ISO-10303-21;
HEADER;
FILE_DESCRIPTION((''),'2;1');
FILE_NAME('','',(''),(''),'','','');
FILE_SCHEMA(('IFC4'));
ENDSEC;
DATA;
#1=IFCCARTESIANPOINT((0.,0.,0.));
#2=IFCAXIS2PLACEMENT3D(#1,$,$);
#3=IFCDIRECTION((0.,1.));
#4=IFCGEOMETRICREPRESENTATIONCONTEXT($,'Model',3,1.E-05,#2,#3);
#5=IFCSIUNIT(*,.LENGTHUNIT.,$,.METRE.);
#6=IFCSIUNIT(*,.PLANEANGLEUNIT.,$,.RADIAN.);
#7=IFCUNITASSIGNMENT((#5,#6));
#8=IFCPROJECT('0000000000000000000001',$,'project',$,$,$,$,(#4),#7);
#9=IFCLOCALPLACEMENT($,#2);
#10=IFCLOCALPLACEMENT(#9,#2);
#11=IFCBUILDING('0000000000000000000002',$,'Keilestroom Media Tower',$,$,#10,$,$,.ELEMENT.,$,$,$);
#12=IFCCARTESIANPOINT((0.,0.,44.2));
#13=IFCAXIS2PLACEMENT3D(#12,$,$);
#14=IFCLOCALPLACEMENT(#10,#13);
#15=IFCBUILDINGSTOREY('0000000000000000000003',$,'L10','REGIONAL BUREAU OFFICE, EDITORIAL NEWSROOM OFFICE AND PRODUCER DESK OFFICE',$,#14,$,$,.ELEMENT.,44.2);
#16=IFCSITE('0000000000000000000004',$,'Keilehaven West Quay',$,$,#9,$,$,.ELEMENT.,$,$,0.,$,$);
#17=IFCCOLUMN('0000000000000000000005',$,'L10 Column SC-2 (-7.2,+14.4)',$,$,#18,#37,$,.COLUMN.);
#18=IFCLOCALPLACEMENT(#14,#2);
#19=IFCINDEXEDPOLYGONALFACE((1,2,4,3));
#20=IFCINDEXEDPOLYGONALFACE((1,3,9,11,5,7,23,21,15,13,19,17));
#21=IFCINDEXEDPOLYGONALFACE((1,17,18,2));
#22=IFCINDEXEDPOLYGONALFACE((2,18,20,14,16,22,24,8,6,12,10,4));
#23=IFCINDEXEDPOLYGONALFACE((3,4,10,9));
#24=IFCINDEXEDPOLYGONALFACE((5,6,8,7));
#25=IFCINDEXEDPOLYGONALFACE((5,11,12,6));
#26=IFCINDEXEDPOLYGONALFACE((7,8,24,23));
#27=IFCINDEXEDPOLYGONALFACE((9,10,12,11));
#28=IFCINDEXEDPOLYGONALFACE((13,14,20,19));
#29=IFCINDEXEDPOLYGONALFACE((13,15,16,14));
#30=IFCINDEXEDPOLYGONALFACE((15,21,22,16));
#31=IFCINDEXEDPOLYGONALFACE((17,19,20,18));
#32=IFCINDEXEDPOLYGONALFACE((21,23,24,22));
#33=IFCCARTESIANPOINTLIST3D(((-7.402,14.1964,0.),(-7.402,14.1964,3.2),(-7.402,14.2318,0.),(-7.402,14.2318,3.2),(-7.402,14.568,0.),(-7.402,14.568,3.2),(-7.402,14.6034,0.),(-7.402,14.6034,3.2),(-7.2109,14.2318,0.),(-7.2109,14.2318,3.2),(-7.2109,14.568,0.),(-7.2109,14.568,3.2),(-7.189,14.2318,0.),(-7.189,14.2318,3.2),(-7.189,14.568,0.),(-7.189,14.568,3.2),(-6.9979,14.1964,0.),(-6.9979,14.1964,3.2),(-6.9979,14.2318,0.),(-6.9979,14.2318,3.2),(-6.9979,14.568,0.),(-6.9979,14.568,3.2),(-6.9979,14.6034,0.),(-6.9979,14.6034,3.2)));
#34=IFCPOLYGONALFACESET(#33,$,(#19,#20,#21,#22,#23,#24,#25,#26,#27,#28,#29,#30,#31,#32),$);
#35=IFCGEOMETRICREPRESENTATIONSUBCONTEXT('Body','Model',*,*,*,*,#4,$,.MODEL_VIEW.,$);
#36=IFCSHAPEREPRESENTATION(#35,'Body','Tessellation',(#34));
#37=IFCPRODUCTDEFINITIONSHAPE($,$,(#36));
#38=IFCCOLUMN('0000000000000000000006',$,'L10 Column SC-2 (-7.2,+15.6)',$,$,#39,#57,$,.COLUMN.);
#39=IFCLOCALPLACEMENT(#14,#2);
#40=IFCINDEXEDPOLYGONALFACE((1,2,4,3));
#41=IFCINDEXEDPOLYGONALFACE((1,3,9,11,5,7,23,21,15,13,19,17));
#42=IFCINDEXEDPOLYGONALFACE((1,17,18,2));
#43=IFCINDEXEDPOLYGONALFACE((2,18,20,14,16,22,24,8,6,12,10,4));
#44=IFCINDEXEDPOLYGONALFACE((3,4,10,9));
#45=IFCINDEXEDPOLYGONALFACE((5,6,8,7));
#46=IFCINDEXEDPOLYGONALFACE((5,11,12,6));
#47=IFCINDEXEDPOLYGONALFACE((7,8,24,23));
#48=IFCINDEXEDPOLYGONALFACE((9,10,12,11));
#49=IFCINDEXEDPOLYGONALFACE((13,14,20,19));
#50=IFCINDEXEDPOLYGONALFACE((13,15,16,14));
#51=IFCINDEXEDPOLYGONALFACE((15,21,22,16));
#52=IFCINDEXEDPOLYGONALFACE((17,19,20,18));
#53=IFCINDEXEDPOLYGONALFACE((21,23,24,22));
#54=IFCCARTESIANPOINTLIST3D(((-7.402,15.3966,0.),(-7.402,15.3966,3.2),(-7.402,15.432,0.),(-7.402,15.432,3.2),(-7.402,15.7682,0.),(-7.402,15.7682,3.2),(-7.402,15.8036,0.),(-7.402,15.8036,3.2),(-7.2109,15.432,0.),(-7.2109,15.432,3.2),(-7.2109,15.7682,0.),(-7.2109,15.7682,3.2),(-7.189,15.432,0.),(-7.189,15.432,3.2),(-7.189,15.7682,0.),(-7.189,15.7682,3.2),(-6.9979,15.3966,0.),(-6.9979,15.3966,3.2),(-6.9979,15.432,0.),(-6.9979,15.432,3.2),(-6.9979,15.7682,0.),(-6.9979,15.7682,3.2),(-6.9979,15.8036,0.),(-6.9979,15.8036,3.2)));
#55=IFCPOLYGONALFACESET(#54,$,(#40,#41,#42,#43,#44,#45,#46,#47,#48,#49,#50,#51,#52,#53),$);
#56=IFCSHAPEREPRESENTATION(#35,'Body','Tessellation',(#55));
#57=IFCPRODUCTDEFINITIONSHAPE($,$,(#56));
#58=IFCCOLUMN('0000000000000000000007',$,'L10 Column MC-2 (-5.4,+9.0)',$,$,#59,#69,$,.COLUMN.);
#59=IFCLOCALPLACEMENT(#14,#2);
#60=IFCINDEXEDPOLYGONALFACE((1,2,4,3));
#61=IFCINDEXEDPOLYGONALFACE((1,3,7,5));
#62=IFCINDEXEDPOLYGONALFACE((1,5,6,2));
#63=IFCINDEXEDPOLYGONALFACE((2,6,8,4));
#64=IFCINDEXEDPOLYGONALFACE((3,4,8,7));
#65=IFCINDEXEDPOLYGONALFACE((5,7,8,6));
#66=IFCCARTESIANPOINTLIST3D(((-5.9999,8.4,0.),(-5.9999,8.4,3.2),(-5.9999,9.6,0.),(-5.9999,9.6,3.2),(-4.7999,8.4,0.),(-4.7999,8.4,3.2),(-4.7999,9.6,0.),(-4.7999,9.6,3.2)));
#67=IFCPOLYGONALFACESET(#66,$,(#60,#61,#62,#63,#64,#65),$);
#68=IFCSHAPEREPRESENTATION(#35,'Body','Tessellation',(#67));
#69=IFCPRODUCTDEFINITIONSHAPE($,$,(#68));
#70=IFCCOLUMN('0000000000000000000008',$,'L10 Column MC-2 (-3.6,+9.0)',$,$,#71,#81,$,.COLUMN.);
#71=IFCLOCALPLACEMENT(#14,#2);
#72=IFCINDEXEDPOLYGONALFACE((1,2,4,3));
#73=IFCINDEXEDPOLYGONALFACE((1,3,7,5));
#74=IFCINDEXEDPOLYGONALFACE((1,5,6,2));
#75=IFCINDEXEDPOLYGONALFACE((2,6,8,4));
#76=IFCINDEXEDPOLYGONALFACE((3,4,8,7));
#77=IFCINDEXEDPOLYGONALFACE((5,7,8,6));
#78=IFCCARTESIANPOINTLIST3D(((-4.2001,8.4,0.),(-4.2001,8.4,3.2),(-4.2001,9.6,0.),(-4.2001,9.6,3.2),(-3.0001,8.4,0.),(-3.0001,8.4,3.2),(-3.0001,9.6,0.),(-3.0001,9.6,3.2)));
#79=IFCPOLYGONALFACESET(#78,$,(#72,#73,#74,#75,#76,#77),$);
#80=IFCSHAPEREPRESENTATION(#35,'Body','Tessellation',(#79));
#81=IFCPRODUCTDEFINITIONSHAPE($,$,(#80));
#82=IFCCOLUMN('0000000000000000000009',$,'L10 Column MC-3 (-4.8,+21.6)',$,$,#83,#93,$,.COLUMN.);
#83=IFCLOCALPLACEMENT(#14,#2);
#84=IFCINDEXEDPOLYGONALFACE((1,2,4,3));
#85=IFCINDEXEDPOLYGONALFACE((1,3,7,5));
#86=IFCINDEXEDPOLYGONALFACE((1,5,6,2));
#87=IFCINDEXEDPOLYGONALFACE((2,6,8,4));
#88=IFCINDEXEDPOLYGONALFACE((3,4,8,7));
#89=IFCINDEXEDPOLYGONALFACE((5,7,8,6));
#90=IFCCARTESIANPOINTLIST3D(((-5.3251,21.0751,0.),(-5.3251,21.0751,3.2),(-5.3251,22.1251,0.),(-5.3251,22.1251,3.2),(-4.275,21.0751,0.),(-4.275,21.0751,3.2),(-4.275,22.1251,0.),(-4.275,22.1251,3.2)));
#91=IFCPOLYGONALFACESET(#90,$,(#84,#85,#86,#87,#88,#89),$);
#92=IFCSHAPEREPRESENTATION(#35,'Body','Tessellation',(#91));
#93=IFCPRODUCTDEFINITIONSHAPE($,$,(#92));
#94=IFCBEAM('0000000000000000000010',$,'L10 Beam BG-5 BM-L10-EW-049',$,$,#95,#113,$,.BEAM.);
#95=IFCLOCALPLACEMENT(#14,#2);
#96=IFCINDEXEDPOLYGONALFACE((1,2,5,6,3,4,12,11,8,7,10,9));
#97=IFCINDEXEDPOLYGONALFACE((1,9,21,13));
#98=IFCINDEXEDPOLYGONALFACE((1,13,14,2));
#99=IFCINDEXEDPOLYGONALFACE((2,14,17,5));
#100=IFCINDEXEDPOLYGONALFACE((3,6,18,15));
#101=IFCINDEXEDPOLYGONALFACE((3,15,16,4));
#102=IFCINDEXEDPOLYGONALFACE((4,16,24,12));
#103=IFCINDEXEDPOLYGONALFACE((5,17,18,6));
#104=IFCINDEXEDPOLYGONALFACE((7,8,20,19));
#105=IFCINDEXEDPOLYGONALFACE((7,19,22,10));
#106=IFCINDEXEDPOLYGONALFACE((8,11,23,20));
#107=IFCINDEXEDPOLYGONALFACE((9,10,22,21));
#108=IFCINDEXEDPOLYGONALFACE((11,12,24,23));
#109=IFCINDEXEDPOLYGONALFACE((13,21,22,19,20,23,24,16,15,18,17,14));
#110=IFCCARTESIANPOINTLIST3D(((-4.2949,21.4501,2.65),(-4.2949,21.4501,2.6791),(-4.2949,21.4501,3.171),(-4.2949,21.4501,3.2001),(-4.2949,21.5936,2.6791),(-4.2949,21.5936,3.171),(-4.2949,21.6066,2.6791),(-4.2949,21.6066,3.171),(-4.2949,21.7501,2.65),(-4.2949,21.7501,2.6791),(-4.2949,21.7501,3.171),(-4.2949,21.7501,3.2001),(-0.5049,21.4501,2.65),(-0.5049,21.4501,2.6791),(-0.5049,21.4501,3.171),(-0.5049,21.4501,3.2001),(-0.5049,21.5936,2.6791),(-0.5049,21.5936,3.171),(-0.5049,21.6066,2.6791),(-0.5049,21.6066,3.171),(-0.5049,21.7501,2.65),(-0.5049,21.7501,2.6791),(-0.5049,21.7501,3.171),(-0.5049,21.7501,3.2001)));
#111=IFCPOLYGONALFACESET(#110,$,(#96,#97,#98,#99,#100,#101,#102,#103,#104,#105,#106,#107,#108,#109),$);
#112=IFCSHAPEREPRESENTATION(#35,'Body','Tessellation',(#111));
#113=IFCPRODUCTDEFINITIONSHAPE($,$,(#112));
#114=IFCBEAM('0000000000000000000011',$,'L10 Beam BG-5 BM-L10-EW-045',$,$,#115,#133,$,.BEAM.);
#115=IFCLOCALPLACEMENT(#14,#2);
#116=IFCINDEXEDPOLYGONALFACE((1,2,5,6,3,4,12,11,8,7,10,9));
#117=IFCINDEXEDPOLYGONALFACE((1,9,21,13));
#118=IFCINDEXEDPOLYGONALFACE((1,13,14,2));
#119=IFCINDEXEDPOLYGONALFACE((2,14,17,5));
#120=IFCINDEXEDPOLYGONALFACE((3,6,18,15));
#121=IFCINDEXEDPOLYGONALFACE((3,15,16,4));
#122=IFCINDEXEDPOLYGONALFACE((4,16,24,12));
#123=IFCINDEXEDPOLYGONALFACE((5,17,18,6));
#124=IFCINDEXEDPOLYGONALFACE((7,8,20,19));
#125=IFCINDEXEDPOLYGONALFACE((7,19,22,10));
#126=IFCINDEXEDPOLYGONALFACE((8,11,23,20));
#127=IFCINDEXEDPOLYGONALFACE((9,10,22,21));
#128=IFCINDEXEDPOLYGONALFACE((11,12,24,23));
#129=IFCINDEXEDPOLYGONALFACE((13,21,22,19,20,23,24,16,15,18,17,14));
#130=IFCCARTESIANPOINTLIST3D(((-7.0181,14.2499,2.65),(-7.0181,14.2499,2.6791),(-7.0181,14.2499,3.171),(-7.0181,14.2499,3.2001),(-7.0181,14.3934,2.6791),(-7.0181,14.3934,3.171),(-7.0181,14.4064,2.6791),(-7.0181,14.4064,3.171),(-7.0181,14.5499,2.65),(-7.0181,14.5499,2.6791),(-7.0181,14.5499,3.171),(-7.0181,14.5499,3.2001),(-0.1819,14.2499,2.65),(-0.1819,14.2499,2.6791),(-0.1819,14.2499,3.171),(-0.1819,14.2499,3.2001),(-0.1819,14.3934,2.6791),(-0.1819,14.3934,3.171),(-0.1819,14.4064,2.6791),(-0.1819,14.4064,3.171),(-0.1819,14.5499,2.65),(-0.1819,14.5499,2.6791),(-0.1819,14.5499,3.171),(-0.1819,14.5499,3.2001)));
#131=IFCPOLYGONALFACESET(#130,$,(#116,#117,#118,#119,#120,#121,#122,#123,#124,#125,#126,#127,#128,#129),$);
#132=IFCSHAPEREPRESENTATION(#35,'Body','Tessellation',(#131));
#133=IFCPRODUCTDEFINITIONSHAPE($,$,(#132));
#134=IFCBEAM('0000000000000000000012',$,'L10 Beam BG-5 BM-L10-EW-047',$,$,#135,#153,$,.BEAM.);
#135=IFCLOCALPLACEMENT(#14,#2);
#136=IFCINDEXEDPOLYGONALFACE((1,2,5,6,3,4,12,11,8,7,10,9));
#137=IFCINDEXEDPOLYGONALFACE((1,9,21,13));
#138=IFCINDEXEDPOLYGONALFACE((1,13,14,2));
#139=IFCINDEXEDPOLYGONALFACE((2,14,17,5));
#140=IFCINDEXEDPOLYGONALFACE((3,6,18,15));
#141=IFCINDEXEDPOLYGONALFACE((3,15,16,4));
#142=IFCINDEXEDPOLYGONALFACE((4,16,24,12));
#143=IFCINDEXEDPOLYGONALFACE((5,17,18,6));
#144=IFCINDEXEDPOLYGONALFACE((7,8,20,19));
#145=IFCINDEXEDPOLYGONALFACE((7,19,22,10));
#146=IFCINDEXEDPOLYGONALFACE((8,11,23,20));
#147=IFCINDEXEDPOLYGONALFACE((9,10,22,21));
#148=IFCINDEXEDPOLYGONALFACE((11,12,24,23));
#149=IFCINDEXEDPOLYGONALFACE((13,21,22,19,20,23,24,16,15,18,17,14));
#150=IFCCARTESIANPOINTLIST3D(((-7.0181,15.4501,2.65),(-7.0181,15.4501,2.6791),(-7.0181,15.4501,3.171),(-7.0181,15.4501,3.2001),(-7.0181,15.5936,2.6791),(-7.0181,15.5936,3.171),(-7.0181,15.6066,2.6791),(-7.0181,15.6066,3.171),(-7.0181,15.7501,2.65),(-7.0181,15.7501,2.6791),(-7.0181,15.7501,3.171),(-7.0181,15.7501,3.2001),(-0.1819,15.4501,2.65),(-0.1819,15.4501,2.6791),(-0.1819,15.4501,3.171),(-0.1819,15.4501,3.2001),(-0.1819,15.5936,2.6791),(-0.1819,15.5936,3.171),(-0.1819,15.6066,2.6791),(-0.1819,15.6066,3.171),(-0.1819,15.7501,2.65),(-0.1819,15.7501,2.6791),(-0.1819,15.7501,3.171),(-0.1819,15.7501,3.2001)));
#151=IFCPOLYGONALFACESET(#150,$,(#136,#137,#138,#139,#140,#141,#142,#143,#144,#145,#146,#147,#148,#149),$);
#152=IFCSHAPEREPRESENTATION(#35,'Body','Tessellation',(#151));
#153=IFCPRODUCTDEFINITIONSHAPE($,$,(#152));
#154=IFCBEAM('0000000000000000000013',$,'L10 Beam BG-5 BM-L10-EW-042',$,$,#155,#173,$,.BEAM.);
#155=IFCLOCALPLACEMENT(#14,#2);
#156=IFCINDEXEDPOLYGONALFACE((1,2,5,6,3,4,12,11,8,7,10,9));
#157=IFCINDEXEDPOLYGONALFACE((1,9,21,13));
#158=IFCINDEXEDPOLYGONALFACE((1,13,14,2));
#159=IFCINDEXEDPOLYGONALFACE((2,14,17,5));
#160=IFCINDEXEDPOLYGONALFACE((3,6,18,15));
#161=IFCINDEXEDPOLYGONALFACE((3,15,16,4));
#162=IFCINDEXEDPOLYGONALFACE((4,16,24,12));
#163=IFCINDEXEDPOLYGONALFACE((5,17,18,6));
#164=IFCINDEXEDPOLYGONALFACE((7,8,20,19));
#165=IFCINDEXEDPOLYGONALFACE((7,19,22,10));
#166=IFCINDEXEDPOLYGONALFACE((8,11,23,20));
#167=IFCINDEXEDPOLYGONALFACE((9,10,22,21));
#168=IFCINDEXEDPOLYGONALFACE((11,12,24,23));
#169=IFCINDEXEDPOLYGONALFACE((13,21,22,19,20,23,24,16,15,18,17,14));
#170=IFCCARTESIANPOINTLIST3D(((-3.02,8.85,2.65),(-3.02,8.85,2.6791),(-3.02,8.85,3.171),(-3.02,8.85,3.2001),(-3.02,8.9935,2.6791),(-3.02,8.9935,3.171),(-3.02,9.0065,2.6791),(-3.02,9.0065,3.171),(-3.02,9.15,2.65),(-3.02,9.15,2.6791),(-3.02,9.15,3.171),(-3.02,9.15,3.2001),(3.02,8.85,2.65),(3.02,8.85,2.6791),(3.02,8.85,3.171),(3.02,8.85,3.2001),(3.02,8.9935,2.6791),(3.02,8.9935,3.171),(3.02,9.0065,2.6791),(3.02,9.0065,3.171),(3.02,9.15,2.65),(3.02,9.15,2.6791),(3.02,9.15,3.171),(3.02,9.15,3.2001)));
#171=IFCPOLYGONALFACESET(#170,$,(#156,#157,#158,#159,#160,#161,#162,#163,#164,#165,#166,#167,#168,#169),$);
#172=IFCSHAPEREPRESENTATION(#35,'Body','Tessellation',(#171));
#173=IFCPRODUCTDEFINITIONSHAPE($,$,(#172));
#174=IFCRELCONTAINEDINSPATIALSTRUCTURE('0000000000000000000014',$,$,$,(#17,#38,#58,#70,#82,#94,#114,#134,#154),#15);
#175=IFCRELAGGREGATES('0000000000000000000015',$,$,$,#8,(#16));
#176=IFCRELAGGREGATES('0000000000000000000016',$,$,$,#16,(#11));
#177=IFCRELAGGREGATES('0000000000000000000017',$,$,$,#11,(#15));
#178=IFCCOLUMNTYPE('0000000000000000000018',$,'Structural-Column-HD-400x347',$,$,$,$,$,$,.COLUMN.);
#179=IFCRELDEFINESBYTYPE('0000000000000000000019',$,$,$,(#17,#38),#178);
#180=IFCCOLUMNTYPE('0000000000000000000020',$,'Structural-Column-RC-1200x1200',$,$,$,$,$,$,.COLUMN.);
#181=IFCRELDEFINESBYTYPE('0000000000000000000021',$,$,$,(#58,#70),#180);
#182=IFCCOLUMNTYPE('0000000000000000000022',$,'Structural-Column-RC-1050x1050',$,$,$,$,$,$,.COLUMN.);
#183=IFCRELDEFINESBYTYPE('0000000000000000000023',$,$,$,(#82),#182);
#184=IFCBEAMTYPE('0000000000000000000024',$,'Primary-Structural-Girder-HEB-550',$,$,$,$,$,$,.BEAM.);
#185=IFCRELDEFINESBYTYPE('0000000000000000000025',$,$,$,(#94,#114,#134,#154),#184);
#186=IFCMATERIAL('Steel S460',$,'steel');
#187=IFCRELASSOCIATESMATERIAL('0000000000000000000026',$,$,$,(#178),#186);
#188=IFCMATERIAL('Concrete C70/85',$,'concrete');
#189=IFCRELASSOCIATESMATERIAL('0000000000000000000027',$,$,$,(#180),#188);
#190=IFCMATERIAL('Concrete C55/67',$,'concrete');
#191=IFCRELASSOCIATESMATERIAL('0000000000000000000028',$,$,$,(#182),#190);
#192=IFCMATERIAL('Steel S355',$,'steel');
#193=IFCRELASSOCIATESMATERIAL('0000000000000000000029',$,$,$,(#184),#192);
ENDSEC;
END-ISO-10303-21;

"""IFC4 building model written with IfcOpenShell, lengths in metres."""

from ifc_helpers import new_model, si_unit, direction, frame, origin, origin_2d, place, context, subcontext, project, spatial, rectangle, i_section, extrude, source, transform, mapped, material, material_profile, profile_set, type_object, element, save


model = new_model("IFC4")

# Units and contexts
model_context = context("Model", 3, precision=1e-05, world=origin(), true_north=direction((0.0, 1.0)))
body_context = subcontext(model_context, "Body", "Model", "MODEL_VIEW")
ifc_project = project(units=[si_unit("LENGTHUNIT", "METRE"), si_unit("PLANEANGLEUNIT", "RADIAN")], contexts=[model_context])

# Site, building, storey
site_placement = place(None, origin())
site = spatial("IfcSite", under=ifc_project, at=site_placement, Name="Keilehaven West Quay", CompositionType="ELEMENT", RefElevation=0.0)
building_placement = place(site_placement, origin())
building = spatial("IfcBuilding", under=site, at=building_placement, Name="Keilestroom Media Tower", CompositionType="ELEMENT")
storey_placement = place(building_placement, frame((0.0, 0.0, 44.2)))
storey = spatial("IfcBuildingStorey", under=building, at=storey_placement, Name="L10", Description="REGIONAL BUREAU OFFICE, EDITORIAL NEWSROOM OFFICE AND PRODUCER DESK OFFICE", CompositionType="ELEMENT", Elevation=44.2)

# Columns
ifc_material_1 = material(Name="Steel S460", Category="steel")
ifc_material_profile_1 = material_profile(ifc_material_1, i_section(OverallWidth=0.4041, OverallDepth=0.407, WebThickness=0.022, FlangeThickness=0.0354, at=origin_2d()), Name="HD 400x347")
ifc_profile_set_1 = profile_set([ifc_material_profile_1], Name="Steel S460")
column_type_1 = type_object("IfcColumnType", Name="Structural-Column-HD-400x347", PredefinedType="COLUMN", material=ifc_profile_set_1)
shared_shape_1 = source(origin(), body_context, "Body", "SweptSolid", [
    extrude(i_section(OverallWidth=0.4041, OverallDepth=0.407, WebThickness=0.022, FlangeThickness=0.0354, at=origin_2d()), origin(), (0.0, 0.0, 1.0), 3.2),
])
for number, where, z_axis, x_axis, name in (
    (1, (-7.2, 14.3999, 0.0), (0.0, 0.0, 1.0), (1.0, 0.0, 0.0), "L10 Column SC-2 (-7.2,+14.4)"),
    (2, (-7.2, 15.6001, 0.0), (0.0, 0.0, 1.0), (1.0, 0.0, 0.0), "L10 Column SC-2 (-7.2,+15.6)"),
):
    element("IfcColumn", number, at=place(storey_placement, frame(where, z_axis=z_axis, x_axis=x_axis)), inside=storey, type_object=column_type_1, Name=name, PredefinedType="COLUMN", context=body_context, shape_type="MappedRepresentation", body=[
        mapped(shared_shape_1, transform((0.0, 0.0, 0.0), x_axis=(1.0, 0.0, 0.0), y_axis=(0.0, 1.0, 0.0), z_axis=(0.0, 0.0, 1.0), scale=1.0)),
    ])
ifc_material_2 = material(Name="Concrete C70/85", Category="concrete")
ifc_material_profile_2 = material_profile(ifc_material_2, rectangle(XDim=1.2, YDim=1.2, at=origin_2d()), Name="RC 1200x1200")
ifc_profile_set_2 = profile_set([ifc_material_profile_2], Name="Concrete C70/85")
column_type_2 = type_object("IfcColumnType", Name="Structural-Column-RC-1200x1200", PredefinedType="COLUMN", material=ifc_profile_set_2)
shared_shape_2 = source(origin(), body_context, "Body", "SweptSolid", [
    extrude(rectangle(XDim=1.2, YDim=1.2, at=origin_2d()), origin(), (0.0, 0.0, 1.0), 3.2),
])
for number, where, z_axis, x_axis, name in (
    (3, (-5.3999, 9.0, 0.0), (0.0, 0.0, 1.0), (1.0, 0.0, 0.0), "L10 Column MC-2 (-5.4,+9.0)"),
    (4, (-3.6001, 9.0, 0.0), (0.0, 0.0, 1.0), (1.0, 0.0, 0.0), "L10 Column MC-2 (-3.6,+9.0)"),
):
    element("IfcColumn", number, at=place(storey_placement, frame(where, z_axis=z_axis, x_axis=x_axis)), inside=storey, type_object=column_type_2, Name=name, PredefinedType="COLUMN", context=body_context, shape_type="MappedRepresentation", body=[
        mapped(shared_shape_2, transform((0.0, 0.0, 0.0), x_axis=(1.0, 0.0, 0.0), y_axis=(0.0, 1.0, 0.0), z_axis=(0.0, 0.0, 1.0), scale=1.0)),
    ])
ifc_material_3 = material(Name="Concrete C55/67", Category="concrete")
ifc_material_profile_3 = material_profile(ifc_material_3, rectangle(XDim=1.05, YDim=1.05, at=origin_2d()), Name="RC 1050x1050")
ifc_profile_set_3 = profile_set([ifc_material_profile_3], Name="Concrete C55/67")
column_type_3 = type_object("IfcColumnType", Name="Structural-Column-RC-1050x1050", PredefinedType="COLUMN", material=ifc_profile_set_3)
shared_shape_3 = source(origin(), body_context, "Body", "SweptSolid", [
    extrude(rectangle(XDim=1.05, YDim=1.05, at=origin_2d()), origin(), (0.0, 0.0, 1.0), 3.2),
])
column_placement = place(storey_placement, frame((-4.8, 21.6001, 0.0), z_axis=(0.0, 0.0, 1.0), x_axis=(1.0, 0.0, 0.0)))
element("IfcColumn", 5, at=column_placement, inside=storey, type_object=column_type_3, Name="L10 Column MC-3 (-4.8,+21.6)", PredefinedType="COLUMN", context=body_context, shape_type="MappedRepresentation", body=[
    mapped(shared_shape_3, transform((0.0, 0.0, 0.0), x_axis=(1.0, 0.0, 0.0), y_axis=(0.0, 1.0, 0.0), z_axis=(0.0, 0.0, 1.0), scale=1.0)),
])

# Beams
ifc_material_4 = material(Name="Steel S355", Category="steel")
ifc_material_profile_4 = material_profile(ifc_material_4, i_section(OverallWidth=0.3, OverallDepth=0.55, WebThickness=0.0129, FlangeThickness=0.0291, at=origin_2d()), Name="HEB 550")
ifc_profile_set_4 = profile_set([ifc_material_profile_4], Name="Steel S355")
beam_type = type_object("IfcBeamType", Name="Primary-Structural-Girder-HEB-550", PredefinedType="BEAM", material=ifc_profile_set_4)
shared_shape_4 = source(origin(), body_context, "Body", "SweptSolid", [
    extrude(i_section(OverallWidth=0.3, OverallDepth=0.55, WebThickness=0.0129, FlangeThickness=0.0291, at=origin_2d()), origin(), (0.0, 0.0, 1.0), 3.79),
])
beam_1_placement = place(storey_placement, frame((-4.2949, 21.6001, 2.925), z_axis=(1.0, 0.0, 0.0), x_axis=(0.0, 1.0, 0.0)))
element("IfcBeam", 6, at=beam_1_placement, inside=storey, type_object=beam_type, Name="L10 Beam BG-5 BM-L10-EW-049", PredefinedType="BEAM", context=body_context, shape_type="MappedRepresentation", body=[
    mapped(shared_shape_4, transform((0.0, 0.0, 0.0), x_axis=(1.0, 0.0, 0.0), y_axis=(0.0, 1.0, 0.0), z_axis=(0.0, 0.0, 1.0), scale=1.0)),
])
shared_shape_5 = source(origin(), body_context, "Body", "SweptSolid", [
    extrude(i_section(OverallWidth=0.3, OverallDepth=0.55, WebThickness=0.0129, FlangeThickness=0.0291, at=origin_2d()), origin(), (0.0, 0.0, 1.0), 6.8362),
])
for number, where, z_axis, x_axis, name in (
    (7, (-7.0181, 14.3999, 2.925), (1.0, 0.0, 0.0), (0.0, 1.0, 0.0), "L10 Beam BG-5 BM-L10-EW-045"),
    (8, (-7.0181, 15.6001, 2.925), (1.0, 0.0, 0.0), (0.0, 1.0, 0.0), "L10 Beam BG-5 BM-L10-EW-047"),
):
    element("IfcBeam", number, at=place(storey_placement, frame(where, z_axis=z_axis, x_axis=x_axis)), inside=storey, type_object=beam_type, Name=name, PredefinedType="BEAM", context=body_context, shape_type="MappedRepresentation", body=[
        mapped(shared_shape_5, transform((0.0, 0.0, 0.0), x_axis=(1.0, 0.0, 0.0), y_axis=(0.0, 1.0, 0.0), z_axis=(0.0, 0.0, 1.0), scale=1.0)),
    ])
shared_shape_6 = source(origin(), body_context, "Body", "SweptSolid", [
    extrude(i_section(OverallWidth=0.3, OverallDepth=0.55, WebThickness=0.0129, FlangeThickness=0.0291, at=origin_2d()), origin(), (0.0, 0.0, 1.0), 6.04),
])
beam_2_placement = place(storey_placement, frame((-3.02, 9.0, 2.925), z_axis=(1.0, 0.0, 0.0), x_axis=(0.0, 1.0, 0.0)))
element("IfcBeam", 9, at=beam_2_placement, inside=storey, type_object=beam_type, Name="L10 Beam BG-5 BM-L10-EW-042", PredefinedType="BEAM", context=body_context, shape_type="MappedRepresentation", body=[
    mapped(shared_shape_6, transform((0.0, 0.0, 0.0), x_axis=(1.0, 0.0, 0.0), y_axis=(0.0, 1.0, 0.0), z_axis=(0.0, 0.0, 1.0), scale=1.0)),
])

save(model, "model.ifc")
